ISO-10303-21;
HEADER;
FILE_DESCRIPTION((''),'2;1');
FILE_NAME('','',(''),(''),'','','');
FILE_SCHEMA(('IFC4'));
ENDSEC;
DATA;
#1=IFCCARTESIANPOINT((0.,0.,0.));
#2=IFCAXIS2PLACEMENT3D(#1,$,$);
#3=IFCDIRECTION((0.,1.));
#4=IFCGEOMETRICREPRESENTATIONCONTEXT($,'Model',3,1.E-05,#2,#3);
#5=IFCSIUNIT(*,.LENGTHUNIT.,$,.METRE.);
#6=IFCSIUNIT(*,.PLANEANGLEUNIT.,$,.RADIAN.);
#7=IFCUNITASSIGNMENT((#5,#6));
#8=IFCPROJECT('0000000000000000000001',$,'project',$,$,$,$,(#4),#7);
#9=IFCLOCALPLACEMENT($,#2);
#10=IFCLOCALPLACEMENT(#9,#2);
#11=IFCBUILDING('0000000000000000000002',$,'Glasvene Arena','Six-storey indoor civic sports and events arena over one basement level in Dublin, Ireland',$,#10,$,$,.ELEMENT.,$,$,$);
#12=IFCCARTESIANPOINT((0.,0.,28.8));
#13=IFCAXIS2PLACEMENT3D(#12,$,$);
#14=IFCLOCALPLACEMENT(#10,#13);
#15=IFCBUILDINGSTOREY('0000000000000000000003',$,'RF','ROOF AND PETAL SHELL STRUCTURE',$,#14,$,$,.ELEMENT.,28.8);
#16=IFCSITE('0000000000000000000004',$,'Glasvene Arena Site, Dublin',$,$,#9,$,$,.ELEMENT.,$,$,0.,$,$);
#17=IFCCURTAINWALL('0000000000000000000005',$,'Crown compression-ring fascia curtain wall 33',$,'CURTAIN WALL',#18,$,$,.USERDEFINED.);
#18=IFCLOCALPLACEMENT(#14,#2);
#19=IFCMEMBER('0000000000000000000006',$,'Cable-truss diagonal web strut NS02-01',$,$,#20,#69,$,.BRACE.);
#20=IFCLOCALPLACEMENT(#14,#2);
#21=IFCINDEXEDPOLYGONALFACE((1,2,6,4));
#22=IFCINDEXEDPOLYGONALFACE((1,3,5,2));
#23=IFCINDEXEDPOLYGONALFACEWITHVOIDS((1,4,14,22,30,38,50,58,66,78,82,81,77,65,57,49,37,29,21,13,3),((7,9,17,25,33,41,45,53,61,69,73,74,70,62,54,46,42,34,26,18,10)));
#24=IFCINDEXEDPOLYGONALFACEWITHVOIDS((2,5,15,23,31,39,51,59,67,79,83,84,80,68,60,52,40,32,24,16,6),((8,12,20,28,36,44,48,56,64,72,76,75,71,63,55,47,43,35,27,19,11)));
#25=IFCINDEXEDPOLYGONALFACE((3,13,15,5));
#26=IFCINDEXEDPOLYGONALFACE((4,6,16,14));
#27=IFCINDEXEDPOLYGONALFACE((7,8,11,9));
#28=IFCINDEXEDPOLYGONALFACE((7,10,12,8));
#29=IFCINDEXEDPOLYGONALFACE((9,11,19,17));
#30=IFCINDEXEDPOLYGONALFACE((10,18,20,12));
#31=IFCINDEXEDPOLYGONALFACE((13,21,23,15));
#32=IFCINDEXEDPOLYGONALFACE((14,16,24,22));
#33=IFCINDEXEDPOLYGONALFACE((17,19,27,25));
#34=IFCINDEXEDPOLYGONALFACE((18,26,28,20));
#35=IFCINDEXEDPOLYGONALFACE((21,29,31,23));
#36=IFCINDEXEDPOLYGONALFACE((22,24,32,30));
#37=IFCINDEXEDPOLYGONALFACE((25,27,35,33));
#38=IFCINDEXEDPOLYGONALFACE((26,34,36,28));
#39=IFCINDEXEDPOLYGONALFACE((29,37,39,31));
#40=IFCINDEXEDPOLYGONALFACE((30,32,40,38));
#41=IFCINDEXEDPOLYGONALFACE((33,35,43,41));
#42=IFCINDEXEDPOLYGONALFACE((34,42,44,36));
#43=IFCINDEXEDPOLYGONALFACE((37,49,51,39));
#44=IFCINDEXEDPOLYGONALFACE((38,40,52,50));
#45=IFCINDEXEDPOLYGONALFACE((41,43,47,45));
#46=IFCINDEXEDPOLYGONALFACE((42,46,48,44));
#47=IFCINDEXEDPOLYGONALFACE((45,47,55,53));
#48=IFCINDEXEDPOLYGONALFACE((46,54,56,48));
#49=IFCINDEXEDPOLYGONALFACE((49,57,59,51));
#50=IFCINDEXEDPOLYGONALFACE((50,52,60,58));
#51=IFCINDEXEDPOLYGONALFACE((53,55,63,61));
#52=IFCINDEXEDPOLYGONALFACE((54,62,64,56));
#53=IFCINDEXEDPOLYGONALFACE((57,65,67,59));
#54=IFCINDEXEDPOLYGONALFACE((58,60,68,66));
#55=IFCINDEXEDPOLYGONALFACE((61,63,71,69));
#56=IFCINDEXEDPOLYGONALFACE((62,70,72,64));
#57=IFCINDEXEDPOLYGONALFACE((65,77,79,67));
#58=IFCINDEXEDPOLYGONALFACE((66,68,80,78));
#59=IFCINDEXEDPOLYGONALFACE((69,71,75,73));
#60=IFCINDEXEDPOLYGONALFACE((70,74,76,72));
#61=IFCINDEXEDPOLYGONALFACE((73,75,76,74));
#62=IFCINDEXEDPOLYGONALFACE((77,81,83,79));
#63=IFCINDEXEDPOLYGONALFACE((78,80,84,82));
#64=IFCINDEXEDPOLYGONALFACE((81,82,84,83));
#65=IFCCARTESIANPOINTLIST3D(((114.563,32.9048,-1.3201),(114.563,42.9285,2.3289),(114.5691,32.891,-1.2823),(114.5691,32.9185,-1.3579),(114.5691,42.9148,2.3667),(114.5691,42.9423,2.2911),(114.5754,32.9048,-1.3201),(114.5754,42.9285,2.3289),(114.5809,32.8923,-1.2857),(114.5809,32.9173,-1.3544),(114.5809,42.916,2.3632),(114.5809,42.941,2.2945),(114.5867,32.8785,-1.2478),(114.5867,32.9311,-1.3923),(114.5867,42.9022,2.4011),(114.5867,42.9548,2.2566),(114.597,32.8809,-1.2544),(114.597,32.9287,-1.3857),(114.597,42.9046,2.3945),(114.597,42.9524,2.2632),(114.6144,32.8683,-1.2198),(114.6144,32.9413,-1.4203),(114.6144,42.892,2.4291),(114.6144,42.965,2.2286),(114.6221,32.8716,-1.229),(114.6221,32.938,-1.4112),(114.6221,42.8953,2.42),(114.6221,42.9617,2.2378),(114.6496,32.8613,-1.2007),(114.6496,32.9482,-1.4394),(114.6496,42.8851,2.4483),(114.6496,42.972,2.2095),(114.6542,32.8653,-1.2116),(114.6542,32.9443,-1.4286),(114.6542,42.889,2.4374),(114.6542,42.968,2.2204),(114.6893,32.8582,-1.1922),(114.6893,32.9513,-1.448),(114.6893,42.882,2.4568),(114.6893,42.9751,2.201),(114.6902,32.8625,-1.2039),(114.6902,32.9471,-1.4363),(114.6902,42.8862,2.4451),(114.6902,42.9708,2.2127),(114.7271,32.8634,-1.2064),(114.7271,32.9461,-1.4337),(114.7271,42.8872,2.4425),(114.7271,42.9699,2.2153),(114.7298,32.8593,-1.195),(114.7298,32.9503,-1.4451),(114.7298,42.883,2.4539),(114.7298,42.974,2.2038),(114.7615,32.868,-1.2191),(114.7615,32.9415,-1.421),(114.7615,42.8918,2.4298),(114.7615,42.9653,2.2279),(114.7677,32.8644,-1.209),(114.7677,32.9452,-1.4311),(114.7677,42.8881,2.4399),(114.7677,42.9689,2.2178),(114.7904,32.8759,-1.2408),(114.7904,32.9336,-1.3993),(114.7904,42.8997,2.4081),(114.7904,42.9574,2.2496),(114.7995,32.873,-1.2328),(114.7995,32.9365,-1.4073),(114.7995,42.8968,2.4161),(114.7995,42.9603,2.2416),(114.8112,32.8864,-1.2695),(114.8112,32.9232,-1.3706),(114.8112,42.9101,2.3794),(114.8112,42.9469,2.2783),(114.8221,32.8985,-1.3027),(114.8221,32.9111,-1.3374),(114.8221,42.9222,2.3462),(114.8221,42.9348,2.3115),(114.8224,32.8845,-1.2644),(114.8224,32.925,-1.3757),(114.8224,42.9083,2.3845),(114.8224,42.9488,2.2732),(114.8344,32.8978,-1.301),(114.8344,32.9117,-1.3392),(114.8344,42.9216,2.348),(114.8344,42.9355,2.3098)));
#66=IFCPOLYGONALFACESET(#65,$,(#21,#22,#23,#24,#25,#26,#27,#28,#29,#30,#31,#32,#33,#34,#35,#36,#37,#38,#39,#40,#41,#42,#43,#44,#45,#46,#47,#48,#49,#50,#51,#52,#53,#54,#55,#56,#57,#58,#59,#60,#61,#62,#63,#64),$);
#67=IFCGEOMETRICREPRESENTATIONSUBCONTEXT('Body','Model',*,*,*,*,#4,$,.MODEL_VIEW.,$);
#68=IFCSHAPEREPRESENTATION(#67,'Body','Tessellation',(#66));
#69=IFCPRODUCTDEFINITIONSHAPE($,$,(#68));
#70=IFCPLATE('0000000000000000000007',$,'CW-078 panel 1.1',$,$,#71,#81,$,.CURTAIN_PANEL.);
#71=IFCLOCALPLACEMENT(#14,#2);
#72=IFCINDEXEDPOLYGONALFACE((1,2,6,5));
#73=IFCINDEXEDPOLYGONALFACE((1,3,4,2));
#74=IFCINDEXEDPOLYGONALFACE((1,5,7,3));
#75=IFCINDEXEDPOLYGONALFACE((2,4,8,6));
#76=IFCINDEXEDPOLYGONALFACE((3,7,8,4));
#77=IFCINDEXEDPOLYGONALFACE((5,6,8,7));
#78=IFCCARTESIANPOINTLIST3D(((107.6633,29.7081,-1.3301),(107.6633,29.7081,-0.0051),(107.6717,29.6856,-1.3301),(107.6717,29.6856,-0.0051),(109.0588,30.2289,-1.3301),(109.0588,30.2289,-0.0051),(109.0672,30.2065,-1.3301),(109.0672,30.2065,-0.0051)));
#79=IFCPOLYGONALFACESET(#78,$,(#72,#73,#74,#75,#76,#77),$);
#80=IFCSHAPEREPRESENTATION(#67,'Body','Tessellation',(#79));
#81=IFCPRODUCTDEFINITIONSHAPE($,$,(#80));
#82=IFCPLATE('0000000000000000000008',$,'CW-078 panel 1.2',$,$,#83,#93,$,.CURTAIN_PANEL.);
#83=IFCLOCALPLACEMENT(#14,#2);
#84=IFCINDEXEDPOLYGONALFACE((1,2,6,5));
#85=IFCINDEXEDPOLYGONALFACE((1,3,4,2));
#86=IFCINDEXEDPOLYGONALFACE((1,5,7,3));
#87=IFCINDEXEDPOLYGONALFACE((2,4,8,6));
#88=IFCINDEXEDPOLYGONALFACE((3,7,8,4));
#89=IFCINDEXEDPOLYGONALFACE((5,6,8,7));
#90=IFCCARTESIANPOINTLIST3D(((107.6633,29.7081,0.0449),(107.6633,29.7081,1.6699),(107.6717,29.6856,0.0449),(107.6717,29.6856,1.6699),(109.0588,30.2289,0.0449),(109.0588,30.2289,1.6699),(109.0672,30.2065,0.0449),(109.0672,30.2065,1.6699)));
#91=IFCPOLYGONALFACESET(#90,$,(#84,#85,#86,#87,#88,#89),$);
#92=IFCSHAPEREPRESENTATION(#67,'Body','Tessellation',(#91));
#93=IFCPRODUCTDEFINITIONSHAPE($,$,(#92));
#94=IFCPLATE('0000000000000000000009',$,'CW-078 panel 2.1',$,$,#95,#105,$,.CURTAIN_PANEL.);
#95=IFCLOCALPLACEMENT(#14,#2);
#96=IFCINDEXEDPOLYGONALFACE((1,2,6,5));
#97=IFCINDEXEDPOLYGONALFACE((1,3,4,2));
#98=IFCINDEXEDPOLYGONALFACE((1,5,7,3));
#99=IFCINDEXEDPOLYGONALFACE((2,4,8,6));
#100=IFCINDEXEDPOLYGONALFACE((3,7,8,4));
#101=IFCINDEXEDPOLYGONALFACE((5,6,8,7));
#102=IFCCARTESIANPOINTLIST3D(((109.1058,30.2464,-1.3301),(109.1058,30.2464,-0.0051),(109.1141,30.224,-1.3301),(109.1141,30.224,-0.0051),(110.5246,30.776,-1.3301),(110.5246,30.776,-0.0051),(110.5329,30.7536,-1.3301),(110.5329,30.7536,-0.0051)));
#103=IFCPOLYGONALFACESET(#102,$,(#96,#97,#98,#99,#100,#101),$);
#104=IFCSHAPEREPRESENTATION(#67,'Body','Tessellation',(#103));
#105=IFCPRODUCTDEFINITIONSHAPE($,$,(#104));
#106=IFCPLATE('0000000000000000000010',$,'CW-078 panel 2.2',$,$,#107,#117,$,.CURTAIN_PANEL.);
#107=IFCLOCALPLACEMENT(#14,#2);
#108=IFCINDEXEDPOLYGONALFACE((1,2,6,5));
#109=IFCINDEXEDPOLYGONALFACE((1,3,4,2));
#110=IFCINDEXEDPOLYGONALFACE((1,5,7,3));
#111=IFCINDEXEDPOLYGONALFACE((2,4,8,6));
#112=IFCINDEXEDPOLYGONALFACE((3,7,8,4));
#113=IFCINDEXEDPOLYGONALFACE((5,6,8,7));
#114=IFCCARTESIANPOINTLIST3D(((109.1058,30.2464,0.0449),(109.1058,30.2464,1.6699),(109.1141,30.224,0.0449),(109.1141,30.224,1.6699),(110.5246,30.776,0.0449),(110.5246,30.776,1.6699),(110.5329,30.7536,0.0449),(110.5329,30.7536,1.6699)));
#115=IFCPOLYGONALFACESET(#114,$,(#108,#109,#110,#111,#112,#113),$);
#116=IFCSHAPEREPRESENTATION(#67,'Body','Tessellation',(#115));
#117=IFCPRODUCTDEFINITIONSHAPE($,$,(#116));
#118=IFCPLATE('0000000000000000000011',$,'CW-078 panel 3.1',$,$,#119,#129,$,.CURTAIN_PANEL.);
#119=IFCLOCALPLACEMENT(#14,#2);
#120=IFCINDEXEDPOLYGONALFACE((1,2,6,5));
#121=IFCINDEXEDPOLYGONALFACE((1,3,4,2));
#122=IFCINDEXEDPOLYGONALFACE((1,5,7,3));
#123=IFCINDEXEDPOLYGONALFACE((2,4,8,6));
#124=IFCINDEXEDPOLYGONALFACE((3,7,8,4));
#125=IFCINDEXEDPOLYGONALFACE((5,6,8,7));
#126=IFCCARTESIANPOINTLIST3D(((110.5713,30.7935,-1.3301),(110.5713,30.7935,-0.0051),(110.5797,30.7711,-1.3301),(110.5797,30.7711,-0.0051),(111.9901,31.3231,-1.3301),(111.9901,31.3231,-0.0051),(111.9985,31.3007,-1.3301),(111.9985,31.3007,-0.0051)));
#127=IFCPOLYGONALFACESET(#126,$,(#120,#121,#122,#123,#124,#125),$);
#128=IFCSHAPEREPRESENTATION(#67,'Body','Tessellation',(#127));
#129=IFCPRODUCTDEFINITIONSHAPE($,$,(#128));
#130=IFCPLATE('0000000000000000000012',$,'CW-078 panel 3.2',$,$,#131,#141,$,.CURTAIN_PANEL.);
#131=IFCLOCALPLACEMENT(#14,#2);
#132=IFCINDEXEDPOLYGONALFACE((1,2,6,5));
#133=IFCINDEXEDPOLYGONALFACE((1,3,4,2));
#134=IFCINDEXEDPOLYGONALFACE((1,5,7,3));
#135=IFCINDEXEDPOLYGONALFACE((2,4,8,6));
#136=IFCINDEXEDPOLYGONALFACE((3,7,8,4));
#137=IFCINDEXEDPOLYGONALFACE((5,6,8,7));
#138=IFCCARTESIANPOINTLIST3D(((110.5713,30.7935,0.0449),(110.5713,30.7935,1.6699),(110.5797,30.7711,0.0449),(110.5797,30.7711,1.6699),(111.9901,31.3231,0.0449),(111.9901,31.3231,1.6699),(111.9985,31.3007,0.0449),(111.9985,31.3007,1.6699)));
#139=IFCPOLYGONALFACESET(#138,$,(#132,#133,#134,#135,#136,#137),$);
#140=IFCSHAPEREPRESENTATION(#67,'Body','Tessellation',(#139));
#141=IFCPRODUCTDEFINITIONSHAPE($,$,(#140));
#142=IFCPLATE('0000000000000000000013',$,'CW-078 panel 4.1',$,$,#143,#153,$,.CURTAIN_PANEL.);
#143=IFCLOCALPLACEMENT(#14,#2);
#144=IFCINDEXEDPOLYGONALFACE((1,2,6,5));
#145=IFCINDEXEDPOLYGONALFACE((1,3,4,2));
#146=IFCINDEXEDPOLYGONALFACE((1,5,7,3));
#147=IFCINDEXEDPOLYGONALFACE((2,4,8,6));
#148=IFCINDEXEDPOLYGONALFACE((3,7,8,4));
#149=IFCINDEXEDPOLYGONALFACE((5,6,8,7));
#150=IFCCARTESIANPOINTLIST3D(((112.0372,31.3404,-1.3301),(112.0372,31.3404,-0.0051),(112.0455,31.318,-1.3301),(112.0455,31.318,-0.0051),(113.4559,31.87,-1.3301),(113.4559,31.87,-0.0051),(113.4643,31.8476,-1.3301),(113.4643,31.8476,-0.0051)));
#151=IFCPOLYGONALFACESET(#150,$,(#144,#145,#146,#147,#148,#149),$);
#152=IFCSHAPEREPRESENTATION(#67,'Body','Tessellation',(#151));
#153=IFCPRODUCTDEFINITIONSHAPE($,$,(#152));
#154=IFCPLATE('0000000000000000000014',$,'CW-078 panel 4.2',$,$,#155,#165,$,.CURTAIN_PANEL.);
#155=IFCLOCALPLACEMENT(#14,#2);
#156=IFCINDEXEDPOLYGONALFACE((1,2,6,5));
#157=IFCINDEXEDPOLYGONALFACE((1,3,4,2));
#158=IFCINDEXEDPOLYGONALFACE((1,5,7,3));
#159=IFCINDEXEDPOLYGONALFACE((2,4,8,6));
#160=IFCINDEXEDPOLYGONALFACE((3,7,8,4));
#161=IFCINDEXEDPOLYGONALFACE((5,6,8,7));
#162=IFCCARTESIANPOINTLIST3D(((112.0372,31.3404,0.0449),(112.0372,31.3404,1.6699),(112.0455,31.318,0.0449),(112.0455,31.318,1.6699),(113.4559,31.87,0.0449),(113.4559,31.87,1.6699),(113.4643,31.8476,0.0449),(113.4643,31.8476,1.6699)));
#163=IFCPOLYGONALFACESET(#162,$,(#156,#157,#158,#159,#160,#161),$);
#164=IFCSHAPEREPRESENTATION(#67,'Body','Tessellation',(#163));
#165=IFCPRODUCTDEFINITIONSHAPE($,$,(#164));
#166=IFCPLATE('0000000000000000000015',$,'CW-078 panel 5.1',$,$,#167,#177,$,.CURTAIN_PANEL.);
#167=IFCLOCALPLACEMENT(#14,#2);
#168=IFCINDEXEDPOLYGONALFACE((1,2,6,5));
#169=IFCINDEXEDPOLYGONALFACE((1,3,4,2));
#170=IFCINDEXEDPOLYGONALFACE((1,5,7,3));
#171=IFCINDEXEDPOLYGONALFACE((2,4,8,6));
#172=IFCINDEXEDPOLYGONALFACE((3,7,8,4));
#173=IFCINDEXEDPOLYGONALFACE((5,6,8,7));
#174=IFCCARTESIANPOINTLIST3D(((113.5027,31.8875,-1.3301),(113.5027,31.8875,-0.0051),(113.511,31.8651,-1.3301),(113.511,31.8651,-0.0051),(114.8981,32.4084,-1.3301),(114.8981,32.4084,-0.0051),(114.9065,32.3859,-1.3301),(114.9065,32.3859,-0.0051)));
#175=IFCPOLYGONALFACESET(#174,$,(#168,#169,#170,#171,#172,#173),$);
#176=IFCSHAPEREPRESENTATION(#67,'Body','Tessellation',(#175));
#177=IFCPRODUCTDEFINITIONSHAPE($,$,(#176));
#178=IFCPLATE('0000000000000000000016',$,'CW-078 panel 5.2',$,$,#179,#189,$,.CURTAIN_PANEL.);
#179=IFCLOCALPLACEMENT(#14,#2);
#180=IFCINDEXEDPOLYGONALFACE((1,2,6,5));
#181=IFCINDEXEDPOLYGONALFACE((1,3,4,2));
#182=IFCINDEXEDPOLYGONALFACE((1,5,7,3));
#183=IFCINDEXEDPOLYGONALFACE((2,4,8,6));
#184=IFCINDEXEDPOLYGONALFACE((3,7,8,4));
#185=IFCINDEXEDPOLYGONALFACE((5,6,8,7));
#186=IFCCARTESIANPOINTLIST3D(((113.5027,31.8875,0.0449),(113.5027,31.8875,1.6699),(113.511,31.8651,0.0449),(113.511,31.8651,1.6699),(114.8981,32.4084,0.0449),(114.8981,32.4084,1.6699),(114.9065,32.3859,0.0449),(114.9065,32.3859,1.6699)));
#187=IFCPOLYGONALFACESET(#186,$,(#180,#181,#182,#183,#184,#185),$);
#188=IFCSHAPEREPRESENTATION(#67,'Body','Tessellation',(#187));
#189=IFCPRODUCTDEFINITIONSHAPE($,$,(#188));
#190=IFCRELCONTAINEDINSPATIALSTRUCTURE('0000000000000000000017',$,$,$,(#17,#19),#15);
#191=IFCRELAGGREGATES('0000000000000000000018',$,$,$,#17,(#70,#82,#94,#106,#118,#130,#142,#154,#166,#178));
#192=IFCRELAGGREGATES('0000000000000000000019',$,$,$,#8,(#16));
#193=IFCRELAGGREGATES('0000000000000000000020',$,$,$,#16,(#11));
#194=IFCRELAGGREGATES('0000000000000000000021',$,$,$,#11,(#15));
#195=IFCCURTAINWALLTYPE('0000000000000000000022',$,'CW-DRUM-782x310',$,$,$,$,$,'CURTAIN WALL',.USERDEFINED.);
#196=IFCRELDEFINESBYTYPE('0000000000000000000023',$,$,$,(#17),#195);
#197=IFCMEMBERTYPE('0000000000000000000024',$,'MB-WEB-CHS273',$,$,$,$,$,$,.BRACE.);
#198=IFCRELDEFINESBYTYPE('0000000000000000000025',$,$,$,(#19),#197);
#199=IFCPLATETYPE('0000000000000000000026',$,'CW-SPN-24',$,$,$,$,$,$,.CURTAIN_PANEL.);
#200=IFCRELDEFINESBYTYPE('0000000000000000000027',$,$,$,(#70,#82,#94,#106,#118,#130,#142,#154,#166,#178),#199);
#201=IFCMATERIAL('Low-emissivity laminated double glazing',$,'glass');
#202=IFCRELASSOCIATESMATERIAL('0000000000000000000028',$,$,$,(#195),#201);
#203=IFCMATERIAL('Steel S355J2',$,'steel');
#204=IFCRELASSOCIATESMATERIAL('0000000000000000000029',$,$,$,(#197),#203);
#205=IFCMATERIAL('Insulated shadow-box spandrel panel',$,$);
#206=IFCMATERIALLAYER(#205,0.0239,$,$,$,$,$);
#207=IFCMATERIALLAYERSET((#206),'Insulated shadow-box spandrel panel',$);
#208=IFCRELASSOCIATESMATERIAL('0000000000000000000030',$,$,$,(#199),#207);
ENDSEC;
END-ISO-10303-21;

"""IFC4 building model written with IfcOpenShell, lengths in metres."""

from ifc_helpers import new_model, si_unit, direction, frame, origin, origin_2d, place, context, subcontext, project, spatial, rectangle, hollow_circle, extrude, material, layer, layer_set, material_profile, profile_set, type_object, element, aggregate, save


model = new_model("IFC4")

# Units and contexts
model_context = context("Model", 3, precision=1e-05, world=origin(), true_north=direction((0.0, 1.0)))
body_context = subcontext(model_context, "Body", "Model", "MODEL_VIEW")
ifc_project = project(units=[si_unit("LENGTHUNIT", "METRE"), si_unit("PLANEANGLEUNIT", "RADIAN")], contexts=[model_context])

# Site, building, storey
site_placement = place(None, origin())
site = spatial("IfcSite", under=ifc_project, at=site_placement, Name="Glasvene Arena Site, Dublin", CompositionType="ELEMENT", RefElevation=0.0)
building_placement = place(site_placement, origin())
building = spatial("IfcBuilding", under=site, at=building_placement, Name="Glasvene Arena", Description="Six-storey indoor civic sports and events arena over one basement level in Dublin, Ireland", CompositionType="ELEMENT")
storey_placement = place(building_placement, frame((0.0, 0.0, 28.8)))
storey = spatial("IfcBuildingStorey", under=building, at=storey_placement, Name="RF", Description="ROOF AND PETAL SHELL STRUCTURE", CompositionType="ELEMENT", Elevation=28.8)

# Shared definitions
ifc_material_1 = material(Name="Steel S355J2", Category="steel")

# Curtain wall
ifc_material_2 = material(Name="Low-emissivity laminated double glazing", Category="glass")
curtain_wall_type = type_object("IfcCurtainWallType", Name="CW-DRUM-782x310", ElementType="CURTAIN WALL", PredefinedType="USERDEFINED", material=ifc_material_2)
curtain_wall_placement = place(storey_placement, frame((107.6208, 29.6794, 0.0)))
curtain_wall = element("IfcCurtainWall", 1, at=curtain_wall_placement, inside=storey, type_object=curtain_wall_type, Name="Crown compression-ring fascia curtain wall 33", ObjectType="CURTAIN WALL", PredefinedType="USERDEFINED")

# Member
ifc_material_profile_1 = material_profile(ifc_material_1, hollow_circle(Radius=0.1365, WallThickness=0.0125, at=origin_2d()), Name="CHS 273.0x12.5")
ifc_profile_set_1 = profile_set([ifc_material_profile_1], Name="Steel S355J2")
member_type_1 = type_object("IfcMemberType", Name="MB-WEB-CHS273", PredefinedType="BRACE", material=ifc_profile_set_1)
member_1_placement = place(storey_placement, frame((114.6995, 32.9048, -1.3201), z_axis=(0.0, 0.939674, 0.34207), x_axis=(-1.0, 0.0, 0.0)))
element("IfcMember", 2, at=member_1_placement, inside=storey, type_object=member_type_1, Name="Cable-truss diagonal web strut NS02-01", PredefinedType="BRACE", context=body_context, shape_type="SweptSolid", body=[
    extrude(hollow_circle(Radius=0.1365, WallThickness=0.0125, at=origin_2d()), origin(), (0.0, 0.0, 1.0), 10.6672),
])

# Plates
ifc_material_3 = material(Name="Insulated shadow-box spandrel panel")
ifc_layer_1 = layer(ifc_material_3, 0.0239)
ifc_layer_set_1 = layer_set([ifc_layer_1], Name="Insulated shadow-box spandrel panel")
plate_type_1 = type_object("IfcPlateType", Name="CW-SPN-24", PredefinedType="CURTAIN_PANEL", material=ifc_layer_set_1)
plate_1_placement = place(storey_placement, frame((108.3652, 29.9573, -1.3301), z_axis=(0.0, 0.0, 1.0), x_axis=(0.936868, 0.349683, 0.0)))
plate_1 = element("IfcPlate", 3, at=plate_1_placement, type_object=plate_type_1, Name="CW-078 panel 1.1", PredefinedType="CURTAIN_PANEL", context=body_context, shape_type="SweptSolid", body=[
    extrude(rectangle(XDim=1.4895, YDim=0.0239, at=origin_2d()), origin(), (0.0, 0.0, 1.0), 1.325),
])
plate_2_placement = place(storey_placement, frame((108.3652, 29.9573, 0.0449), z_axis=(0.0, 0.0, 1.0), x_axis=(0.936868, 0.349683, 0.0)))
plate_2 = element("IfcPlate", 4, at=plate_2_placement, type_object=plate_type_1, Name="CW-078 panel 1.2", PredefinedType="CURTAIN_PANEL", context=body_context, shape_type="SweptSolid", body=[
    extrude(rectangle(XDim=1.4895, YDim=0.0239, at=origin_2d()), origin(), (0.0, 0.0, 1.0), 1.625),
])
plate_3_placement = place(storey_placement, frame((109.8193, 30.5, -1.3301), z_axis=(0.0, 0.0, 1.0), x_axis=(0.936868, 0.349683, 0.0)))
plate_3 = element("IfcPlate", 5, at=plate_3_placement, type_object=plate_type_1, Name="CW-078 panel 2.1", PredefinedType="CURTAIN_PANEL", context=body_context, shape_type="SweptSolid", body=[
    extrude(rectangle(XDim=1.5144, YDim=0.0239, at=origin_2d()), origin(), (0.0, 0.0, 1.0), 1.325),
])
plate_4_placement = place(storey_placement, frame((109.8193, 30.5, 0.0449), z_axis=(0.0, 0.0, 1.0), x_axis=(0.936868, 0.349683, 0.0)))
plate_4 = element("IfcPlate", 6, at=plate_4_placement, type_object=plate_type_1, Name="CW-078 panel 2.2", PredefinedType="CURTAIN_PANEL", context=body_context, shape_type="SweptSolid", body=[
    extrude(rectangle(XDim=1.5144, YDim=0.0239, at=origin_2d()), origin(), (0.0, 0.0, 1.0), 1.625),
])
plate_5_placement = place(storey_placement, frame((111.2849, 31.0471, -1.3301), z_axis=(0.0, 0.0, 1.0), x_axis=(0.936868, 0.349683, 0.0)))
plate_5 = element("IfcPlate", 7, at=plate_5_placement, type_object=plate_type_1, Name="CW-078 panel 3.1", PredefinedType="CURTAIN_PANEL", context=body_context, shape_type="SweptSolid", body=[
    extrude(rectangle(XDim=1.5144, YDim=0.0239, at=origin_2d()), origin(), (0.0, 0.0, 1.0), 1.325),
])
plate_6_placement = place(storey_placement, frame((111.2849, 31.0471, 0.0449), z_axis=(0.0, 0.0, 1.0), x_axis=(0.936868, 0.349683, 0.0)))
plate_6 = element("IfcPlate", 8, at=plate_6_placement, type_object=plate_type_1, Name="CW-078 panel 3.2", PredefinedType="CURTAIN_PANEL", context=body_context, shape_type="SweptSolid", body=[
    extrude(rectangle(XDim=1.5144, YDim=0.0239, at=origin_2d()), origin(), (0.0, 0.0, 1.0), 1.625),
])
plate_7_placement = place(storey_placement, frame((112.7507, 31.594, -1.3301), z_axis=(0.0, 0.0, 1.0), x_axis=(0.936868, 0.349683, 0.0)))
plate_7 = element("IfcPlate", 9, at=plate_7_placement, type_object=plate_type_1, Name="CW-078 panel 4.1", PredefinedType="CURTAIN_PANEL", context=body_context, shape_type="SweptSolid", body=[
    extrude(rectangle(XDim=1.5144, YDim=0.0239, at=origin_2d()), origin(), (0.0, 0.0, 1.0), 1.325),
])
plate_8_placement = place(storey_placement, frame((112.7507, 31.594, 0.0449), z_axis=(0.0, 0.0, 1.0), x_axis=(0.936868, 0.349683, 0.0)))
plate_8 = element("IfcPlate", 10, at=plate_8_placement, type_object=plate_type_1, Name="CW-078 panel 4.2", PredefinedType="CURTAIN_PANEL", context=body_context, shape_type="SweptSolid", body=[
    extrude(rectangle(XDim=1.5144, YDim=0.0239, at=origin_2d()), origin(), (0.0, 0.0, 1.0), 1.625),
])
plate_9_placement = place(storey_placement, frame((114.2046, 32.1367, -1.3301), z_axis=(0.0, 0.0, 1.0), x_axis=(0.936868, 0.349683, 0.0)))
plate_9 = element("IfcPlate", 11, at=plate_9_placement, type_object=plate_type_1, Name="CW-078 panel 5.1", PredefinedType="CURTAIN_PANEL", context=body_context, shape_type="SweptSolid", body=[
    extrude(rectangle(XDim=1.4895, YDim=0.0239, at=origin_2d()), origin(), (0.0, 0.0, 1.0), 1.325),
])
plate_10_placement = place(storey_placement, frame((114.2046, 32.1367, 0.0449), z_axis=(0.0, 0.0, 1.0), x_axis=(0.936868, 0.349683, 0.0)))
plate_10 = element("IfcPlate", 12, at=plate_10_placement, type_object=plate_type_1, Name="CW-078 panel 5.2", PredefinedType="CURTAIN_PANEL", context=body_context, shape_type="SweptSolid", body=[
    extrude(rectangle(XDim=1.4895, YDim=0.0239, at=origin_2d()), origin(), (0.0, 0.0, 1.0), 1.625),
])
aggregate(curtain_wall, [plate_1, plate_2, plate_3, plate_4, plate_5, plate_6, plate_7, plate_8, plate_9, plate_10])

save(model, "model.ifc")
